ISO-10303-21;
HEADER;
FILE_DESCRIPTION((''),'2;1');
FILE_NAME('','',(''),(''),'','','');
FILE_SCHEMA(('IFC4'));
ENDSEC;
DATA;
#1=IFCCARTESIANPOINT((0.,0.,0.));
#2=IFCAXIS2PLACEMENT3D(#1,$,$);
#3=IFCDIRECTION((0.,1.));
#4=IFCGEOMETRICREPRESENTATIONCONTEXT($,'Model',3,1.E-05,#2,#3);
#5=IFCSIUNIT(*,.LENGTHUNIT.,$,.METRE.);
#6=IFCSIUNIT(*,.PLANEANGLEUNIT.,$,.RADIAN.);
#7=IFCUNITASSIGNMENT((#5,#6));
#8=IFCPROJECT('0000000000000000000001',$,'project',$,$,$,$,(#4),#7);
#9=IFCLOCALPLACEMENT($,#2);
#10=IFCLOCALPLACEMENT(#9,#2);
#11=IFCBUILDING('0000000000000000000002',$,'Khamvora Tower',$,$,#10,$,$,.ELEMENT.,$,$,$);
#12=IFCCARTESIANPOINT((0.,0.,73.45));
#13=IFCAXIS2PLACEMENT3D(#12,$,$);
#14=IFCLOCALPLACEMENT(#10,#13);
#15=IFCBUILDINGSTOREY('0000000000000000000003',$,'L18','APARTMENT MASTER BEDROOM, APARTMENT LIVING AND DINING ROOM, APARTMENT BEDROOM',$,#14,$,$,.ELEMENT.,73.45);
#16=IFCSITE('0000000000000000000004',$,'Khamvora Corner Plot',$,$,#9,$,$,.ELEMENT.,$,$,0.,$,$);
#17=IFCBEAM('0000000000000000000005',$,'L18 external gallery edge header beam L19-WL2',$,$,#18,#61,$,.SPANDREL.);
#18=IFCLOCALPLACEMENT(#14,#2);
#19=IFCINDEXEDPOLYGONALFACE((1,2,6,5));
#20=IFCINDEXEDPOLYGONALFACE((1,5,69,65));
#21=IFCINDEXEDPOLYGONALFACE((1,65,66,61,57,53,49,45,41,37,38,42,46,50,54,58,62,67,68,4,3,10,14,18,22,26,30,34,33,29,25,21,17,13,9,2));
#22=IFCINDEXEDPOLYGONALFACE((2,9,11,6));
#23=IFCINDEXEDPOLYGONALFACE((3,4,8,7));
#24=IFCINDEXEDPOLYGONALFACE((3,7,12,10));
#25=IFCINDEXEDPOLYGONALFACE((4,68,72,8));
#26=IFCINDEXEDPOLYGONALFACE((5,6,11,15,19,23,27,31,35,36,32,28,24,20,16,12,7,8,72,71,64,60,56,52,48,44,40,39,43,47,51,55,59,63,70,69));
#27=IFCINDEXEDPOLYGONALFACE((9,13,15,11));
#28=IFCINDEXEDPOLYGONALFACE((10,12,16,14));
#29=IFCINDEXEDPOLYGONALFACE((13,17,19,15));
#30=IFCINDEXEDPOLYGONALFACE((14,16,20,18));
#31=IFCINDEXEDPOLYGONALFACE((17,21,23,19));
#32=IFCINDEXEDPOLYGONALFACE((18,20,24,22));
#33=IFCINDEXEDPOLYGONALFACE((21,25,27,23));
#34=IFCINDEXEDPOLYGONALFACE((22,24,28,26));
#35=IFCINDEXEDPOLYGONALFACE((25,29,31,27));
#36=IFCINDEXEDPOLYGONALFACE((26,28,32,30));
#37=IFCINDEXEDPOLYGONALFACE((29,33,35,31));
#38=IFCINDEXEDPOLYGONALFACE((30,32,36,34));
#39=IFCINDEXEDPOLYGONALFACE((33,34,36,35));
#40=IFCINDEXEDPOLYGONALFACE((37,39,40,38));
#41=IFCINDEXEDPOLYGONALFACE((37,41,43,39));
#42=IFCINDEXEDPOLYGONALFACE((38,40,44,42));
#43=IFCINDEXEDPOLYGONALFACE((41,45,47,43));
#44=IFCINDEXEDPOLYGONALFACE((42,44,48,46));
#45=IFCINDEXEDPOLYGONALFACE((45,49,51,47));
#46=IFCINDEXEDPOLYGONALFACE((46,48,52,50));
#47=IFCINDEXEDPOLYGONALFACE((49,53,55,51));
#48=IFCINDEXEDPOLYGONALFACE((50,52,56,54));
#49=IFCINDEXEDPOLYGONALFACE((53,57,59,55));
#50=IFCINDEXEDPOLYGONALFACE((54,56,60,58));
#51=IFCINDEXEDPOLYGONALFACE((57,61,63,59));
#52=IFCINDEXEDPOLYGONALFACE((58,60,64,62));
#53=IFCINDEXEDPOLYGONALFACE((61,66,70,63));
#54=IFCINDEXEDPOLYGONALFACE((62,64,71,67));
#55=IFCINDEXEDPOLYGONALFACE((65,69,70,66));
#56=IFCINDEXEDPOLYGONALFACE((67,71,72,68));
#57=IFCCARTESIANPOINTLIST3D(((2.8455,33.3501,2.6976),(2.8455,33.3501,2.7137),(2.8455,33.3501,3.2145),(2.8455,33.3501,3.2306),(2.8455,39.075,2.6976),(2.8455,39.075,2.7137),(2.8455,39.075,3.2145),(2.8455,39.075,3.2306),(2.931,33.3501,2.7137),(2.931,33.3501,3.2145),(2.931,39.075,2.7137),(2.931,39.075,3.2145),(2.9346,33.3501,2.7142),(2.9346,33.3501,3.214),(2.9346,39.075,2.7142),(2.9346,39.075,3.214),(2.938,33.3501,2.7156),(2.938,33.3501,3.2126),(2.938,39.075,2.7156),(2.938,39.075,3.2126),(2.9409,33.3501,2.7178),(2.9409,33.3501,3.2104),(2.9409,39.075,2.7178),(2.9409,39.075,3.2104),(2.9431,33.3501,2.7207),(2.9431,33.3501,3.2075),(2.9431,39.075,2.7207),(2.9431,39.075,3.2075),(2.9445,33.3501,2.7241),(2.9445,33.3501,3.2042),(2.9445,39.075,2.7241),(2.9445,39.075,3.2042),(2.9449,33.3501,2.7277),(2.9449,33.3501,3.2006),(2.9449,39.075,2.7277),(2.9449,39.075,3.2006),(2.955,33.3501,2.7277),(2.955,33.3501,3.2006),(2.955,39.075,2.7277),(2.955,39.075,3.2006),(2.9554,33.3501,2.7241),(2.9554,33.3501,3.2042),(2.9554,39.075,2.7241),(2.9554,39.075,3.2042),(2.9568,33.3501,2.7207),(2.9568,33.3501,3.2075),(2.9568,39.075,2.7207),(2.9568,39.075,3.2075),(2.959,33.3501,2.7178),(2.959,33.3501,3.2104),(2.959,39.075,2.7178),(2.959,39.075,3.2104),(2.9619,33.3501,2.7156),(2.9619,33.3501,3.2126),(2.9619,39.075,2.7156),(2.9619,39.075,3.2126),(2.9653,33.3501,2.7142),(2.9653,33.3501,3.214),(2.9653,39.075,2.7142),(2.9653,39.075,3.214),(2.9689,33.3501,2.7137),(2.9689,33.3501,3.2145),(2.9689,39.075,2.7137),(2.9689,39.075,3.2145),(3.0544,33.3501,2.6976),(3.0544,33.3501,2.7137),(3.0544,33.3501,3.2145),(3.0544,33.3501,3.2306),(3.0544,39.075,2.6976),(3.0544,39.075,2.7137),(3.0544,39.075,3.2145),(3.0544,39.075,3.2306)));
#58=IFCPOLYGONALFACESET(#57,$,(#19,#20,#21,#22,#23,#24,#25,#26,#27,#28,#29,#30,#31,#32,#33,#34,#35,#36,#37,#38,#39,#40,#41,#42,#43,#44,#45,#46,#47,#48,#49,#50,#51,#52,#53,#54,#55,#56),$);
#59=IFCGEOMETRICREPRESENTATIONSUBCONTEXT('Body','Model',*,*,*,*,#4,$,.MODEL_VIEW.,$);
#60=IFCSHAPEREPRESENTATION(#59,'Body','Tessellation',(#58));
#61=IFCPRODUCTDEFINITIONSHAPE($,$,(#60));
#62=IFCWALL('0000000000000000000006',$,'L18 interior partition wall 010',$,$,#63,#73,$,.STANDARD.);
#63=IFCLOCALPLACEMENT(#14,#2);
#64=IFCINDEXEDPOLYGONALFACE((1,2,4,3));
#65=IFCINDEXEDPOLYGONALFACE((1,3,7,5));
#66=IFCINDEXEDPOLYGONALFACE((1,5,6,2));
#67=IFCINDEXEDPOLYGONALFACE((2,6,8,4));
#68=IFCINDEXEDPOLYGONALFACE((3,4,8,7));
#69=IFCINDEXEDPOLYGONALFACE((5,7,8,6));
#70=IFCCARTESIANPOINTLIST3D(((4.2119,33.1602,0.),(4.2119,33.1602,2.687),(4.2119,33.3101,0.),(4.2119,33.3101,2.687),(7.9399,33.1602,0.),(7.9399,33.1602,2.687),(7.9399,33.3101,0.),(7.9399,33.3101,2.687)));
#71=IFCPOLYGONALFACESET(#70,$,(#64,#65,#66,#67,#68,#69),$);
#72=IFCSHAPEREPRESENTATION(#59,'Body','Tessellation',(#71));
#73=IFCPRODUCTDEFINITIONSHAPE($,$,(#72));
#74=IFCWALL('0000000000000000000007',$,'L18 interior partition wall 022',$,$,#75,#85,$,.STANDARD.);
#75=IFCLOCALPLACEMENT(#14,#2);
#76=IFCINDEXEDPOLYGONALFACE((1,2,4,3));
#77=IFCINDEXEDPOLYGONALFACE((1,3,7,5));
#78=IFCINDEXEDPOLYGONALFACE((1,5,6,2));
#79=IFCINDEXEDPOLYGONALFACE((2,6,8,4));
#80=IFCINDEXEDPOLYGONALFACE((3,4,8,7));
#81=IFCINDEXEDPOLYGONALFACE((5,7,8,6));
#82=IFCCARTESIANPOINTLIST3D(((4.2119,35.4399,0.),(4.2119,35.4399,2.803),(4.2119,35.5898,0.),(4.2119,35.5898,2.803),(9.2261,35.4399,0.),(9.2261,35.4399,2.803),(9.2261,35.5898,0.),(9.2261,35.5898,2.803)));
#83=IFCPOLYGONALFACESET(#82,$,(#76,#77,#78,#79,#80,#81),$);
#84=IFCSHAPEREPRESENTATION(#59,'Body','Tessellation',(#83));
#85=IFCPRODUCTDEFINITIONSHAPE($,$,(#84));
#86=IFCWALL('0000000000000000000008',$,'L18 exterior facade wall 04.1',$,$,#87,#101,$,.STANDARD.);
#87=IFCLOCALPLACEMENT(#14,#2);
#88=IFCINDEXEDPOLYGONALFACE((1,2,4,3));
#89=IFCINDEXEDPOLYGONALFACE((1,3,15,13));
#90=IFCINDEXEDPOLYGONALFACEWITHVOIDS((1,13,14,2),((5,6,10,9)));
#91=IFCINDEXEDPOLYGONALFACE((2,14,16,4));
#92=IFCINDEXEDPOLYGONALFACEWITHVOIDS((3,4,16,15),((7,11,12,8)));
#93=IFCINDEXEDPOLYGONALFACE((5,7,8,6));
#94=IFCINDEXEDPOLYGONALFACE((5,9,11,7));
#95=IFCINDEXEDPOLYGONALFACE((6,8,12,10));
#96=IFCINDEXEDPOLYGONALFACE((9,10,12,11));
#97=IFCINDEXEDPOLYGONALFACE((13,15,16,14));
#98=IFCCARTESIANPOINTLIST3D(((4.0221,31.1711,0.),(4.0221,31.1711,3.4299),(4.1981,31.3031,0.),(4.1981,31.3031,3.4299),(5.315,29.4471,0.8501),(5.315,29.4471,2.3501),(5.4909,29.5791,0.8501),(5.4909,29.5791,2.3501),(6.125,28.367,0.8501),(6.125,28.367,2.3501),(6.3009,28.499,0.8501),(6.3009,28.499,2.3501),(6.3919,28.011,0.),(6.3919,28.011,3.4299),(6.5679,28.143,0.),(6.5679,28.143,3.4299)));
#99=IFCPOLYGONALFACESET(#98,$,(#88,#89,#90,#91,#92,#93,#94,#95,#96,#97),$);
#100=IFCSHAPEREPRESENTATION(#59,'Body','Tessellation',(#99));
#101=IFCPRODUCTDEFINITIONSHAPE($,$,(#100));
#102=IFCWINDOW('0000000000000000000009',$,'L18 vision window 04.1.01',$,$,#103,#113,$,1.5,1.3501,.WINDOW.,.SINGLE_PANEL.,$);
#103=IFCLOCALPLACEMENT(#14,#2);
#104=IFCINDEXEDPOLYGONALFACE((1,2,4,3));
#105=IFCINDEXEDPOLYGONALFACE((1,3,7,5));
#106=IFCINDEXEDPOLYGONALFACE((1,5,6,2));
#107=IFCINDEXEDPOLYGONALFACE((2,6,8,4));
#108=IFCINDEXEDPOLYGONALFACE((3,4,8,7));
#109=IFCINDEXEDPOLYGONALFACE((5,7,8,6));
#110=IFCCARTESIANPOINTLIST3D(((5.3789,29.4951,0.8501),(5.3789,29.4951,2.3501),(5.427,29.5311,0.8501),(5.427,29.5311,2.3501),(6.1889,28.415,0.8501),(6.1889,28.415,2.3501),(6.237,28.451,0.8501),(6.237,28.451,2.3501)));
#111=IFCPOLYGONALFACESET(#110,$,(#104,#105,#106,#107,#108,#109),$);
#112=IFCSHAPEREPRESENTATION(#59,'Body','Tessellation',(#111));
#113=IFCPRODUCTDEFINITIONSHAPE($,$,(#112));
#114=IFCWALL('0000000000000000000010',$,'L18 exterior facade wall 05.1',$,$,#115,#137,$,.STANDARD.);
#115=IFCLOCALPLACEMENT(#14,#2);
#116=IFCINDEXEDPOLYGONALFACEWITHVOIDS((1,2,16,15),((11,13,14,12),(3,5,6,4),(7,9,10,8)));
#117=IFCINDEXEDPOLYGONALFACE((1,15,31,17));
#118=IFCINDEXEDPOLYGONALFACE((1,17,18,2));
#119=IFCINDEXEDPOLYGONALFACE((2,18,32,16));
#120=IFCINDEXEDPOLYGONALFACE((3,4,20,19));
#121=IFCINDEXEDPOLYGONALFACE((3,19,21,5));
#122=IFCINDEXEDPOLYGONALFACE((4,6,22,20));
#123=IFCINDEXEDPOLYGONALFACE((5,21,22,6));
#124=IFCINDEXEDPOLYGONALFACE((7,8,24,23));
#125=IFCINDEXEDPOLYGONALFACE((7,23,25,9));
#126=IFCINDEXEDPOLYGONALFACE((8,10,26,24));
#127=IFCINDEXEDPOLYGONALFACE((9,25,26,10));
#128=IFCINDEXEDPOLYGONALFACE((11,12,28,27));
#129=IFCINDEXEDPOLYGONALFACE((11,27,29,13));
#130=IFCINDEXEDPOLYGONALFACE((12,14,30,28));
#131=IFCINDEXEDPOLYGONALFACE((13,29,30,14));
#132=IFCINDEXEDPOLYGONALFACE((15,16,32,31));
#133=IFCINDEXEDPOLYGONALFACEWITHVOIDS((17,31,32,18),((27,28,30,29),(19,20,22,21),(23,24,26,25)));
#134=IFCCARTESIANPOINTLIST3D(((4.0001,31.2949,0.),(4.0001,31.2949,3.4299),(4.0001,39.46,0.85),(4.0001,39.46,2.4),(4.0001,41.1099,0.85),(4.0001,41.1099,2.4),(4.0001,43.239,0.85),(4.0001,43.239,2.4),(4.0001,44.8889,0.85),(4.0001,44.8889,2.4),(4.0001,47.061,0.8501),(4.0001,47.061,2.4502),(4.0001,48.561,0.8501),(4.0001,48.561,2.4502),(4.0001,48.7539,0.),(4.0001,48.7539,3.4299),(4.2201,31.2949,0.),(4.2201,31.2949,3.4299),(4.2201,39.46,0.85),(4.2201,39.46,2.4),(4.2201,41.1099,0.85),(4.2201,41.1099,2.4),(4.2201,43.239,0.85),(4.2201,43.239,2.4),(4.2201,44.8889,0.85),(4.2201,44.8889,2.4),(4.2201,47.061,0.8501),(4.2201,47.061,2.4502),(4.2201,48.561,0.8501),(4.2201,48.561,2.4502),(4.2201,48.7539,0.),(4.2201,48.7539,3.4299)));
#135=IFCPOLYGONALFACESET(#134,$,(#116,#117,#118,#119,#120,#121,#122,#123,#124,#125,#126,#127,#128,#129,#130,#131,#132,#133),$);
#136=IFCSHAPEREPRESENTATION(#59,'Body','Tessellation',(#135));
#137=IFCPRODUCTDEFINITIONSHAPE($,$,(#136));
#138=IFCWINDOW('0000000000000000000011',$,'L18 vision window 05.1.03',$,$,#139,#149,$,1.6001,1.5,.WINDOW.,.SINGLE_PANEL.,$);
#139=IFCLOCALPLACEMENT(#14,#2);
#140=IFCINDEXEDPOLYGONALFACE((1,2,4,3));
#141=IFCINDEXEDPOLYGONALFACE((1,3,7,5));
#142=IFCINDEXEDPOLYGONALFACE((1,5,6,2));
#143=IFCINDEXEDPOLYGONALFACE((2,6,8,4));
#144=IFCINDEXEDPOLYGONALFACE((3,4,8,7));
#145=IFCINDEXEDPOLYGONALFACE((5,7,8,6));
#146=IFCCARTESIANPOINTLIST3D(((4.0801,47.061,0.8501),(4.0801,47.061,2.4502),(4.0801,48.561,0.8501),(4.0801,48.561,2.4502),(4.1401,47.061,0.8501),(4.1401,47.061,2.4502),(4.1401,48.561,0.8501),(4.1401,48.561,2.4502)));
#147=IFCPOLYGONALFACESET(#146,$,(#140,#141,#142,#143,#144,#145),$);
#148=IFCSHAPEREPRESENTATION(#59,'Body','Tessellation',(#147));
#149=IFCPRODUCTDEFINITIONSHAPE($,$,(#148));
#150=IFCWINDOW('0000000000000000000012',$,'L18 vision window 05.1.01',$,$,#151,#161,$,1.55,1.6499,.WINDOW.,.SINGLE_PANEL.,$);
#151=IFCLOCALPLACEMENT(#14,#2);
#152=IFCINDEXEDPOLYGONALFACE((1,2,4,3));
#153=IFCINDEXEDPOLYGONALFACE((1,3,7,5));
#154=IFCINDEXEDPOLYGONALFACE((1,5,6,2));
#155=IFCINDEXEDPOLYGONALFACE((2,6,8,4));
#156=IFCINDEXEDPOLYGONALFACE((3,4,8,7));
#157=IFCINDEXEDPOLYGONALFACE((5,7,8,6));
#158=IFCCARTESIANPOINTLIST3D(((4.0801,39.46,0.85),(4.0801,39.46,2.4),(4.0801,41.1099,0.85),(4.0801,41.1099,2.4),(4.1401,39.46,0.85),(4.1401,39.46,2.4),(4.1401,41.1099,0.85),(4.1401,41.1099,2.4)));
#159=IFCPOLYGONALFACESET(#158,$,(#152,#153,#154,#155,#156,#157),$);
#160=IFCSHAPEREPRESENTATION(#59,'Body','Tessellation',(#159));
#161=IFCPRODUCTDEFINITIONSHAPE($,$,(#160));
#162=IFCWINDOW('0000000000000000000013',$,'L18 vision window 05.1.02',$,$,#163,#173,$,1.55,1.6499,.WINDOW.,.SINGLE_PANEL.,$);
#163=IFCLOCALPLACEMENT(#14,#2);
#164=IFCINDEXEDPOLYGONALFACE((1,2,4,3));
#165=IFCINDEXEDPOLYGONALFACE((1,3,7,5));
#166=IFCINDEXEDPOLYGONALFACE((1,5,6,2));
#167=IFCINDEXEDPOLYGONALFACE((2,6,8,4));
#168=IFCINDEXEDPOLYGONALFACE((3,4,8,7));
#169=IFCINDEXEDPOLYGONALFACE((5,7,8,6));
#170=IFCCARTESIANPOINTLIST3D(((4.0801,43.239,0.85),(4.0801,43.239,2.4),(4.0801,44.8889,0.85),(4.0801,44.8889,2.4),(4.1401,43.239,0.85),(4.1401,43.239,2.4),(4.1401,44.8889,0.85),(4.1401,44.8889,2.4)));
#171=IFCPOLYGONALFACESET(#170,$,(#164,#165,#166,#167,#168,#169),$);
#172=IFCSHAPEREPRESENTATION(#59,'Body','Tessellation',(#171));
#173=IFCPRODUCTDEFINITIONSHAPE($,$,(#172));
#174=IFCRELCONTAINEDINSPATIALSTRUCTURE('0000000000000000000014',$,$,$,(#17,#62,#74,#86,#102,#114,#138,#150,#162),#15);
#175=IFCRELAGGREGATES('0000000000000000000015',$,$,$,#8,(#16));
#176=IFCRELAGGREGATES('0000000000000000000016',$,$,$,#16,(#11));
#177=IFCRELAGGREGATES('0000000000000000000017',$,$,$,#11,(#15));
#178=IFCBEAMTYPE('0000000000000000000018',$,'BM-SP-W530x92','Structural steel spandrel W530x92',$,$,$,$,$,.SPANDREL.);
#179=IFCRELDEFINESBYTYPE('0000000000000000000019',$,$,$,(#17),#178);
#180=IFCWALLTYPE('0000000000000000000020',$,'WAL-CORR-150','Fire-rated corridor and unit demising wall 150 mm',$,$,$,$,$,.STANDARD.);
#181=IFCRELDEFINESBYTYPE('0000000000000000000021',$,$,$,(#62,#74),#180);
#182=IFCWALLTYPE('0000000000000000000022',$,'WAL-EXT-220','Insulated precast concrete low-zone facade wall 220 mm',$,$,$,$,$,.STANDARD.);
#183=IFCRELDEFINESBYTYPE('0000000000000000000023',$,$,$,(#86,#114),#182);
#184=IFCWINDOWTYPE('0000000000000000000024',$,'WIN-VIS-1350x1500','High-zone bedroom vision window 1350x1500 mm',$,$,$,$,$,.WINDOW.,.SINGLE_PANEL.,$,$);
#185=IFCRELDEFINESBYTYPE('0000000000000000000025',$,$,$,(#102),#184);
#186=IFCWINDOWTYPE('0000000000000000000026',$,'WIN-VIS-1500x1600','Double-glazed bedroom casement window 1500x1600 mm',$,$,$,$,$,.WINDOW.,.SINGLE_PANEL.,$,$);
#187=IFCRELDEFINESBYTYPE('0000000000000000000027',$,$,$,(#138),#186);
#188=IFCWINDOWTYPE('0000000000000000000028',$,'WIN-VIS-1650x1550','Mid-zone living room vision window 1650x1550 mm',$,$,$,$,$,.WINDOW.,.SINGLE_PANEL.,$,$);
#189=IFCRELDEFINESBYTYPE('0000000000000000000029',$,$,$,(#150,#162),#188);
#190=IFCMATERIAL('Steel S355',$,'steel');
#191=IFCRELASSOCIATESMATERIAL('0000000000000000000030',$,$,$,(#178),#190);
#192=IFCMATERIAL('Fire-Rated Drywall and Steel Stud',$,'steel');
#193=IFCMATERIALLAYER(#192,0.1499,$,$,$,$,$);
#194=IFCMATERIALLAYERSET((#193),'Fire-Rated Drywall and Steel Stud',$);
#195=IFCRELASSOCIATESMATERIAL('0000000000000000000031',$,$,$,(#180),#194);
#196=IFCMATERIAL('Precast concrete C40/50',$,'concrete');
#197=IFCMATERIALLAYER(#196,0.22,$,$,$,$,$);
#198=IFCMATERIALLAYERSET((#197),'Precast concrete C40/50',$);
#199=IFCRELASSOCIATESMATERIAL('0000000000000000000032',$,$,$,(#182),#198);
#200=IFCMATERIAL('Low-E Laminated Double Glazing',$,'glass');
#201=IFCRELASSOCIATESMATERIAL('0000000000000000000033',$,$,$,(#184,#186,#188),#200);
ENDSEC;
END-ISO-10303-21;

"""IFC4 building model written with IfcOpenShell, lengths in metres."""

from ifc_helpers import new_model, si_unit, direction, frame, frame_2d, origin, origin_2d, place, context, subcontext, project, spatial, rectangle, i_section, extrude, material, layer, layer_set, material_profile, profile_set, type_object, element, fill, save


model = new_model("IFC4")

# Units and contexts
model_context = context("Model", 3, precision=1e-05, world=origin(), true_north=direction((0.0, 1.0)))
body_context = subcontext(model_context, "Body", "Model", "MODEL_VIEW")
ifc_project = project(units=[si_unit("LENGTHUNIT", "METRE"), si_unit("PLANEANGLEUNIT", "RADIAN")], contexts=[model_context])

# Site, building, storey
site_placement = place(None, origin())
site = spatial("IfcSite", under=ifc_project, at=site_placement, Name="Khamvora Corner Plot", CompositionType="ELEMENT", RefElevation=0.0)
building_placement = place(site_placement, origin())
building = spatial("IfcBuilding", under=site, at=building_placement, Name="Khamvora Tower", CompositionType="ELEMENT")
storey_placement = place(building_placement, frame((0.0, 0.0, 73.45)))
storey = spatial("IfcBuildingStorey", under=building, at=storey_placement, Name="L18", Description="APARTMENT MASTER BEDROOM, APARTMENT LIVING AND DINING ROOM, APARTMENT BEDROOM", CompositionType="ELEMENT", Elevation=73.45)

# Beam
ifc_material_1 = material(Name="Steel S355", Category="steel")
ifc_material_profile = material_profile(ifc_material_1, i_section(OverallWidth=0.209, OverallDepth=0.533, WebThickness=0.01, FlangeThickness=0.0161, FilletRadius=0.0139, at=origin_2d()), Name="W530x92")
ifc_profile_set = profile_set([ifc_material_profile], Name="Steel S355")
beam_type = type_object("IfcBeamType", Name="BM-SP-W530x92", Description="Structural steel spandrel W530x92", PredefinedType="SPANDREL", material=ifc_profile_set)
beam_placement = place(storey_placement, frame((2.95, 33.3501, 2.9641), z_axis=(0.0, 1.0, 0.0), x_axis=(-1.0, 0.0, 0.0)))
element("IfcBeam", 1, at=beam_placement, inside=storey, type_object=beam_type, Name="L18 external gallery edge header beam L19-WL2", PredefinedType="SPANDREL", context=body_context, shape_type="SweptSolid", body=[
    extrude(i_section(OverallWidth=0.209, OverallDepth=0.533, WebThickness=0.01, FlangeThickness=0.0161, FilletRadius=0.0139, at=origin_2d()), origin(), (0.0, 0.0, 1.0), 5.7249),
])

# Wall
ifc_material_2 = material(Name="Fire-Rated Drywall and Steel Stud", Category="steel")
ifc_layer_1 = layer(ifc_material_2, 0.1499)
ifc_layer_set_1 = layer_set([ifc_layer_1], Name="Fire-Rated Drywall and Steel Stud")
wall_type_1 = type_object("IfcWallType", Name="WAL-CORR-150", Description="Fire-rated corridor and unit demising wall 150 mm", PredefinedType="STANDARD", material=ifc_layer_set_1)
wall_1_placement = place(storey_placement, frame((7.9399, 33.2351, 0.0), z_axis=(0.0, 0.0, 1.0), x_axis=(-1.0, 0.0, 0.0)))
element("IfcWall", 2, at=wall_1_placement, inside=storey, type_object=wall_type_1, Name="L18 interior partition wall 010", PredefinedType="STANDARD", context=body_context, shape_type="SweptSolid", body=[
    extrude(rectangle(XDim=3.728, YDim=0.1499, at=frame_2d((1.864, 0.0))), origin(), (0.0, 0.0, 1.0), 2.687),
])

# Wall
wall_2_placement = place(storey_placement, frame((4.2119, 35.5149, 0.0), z_axis=(0.0, 0.0, 1.0), x_axis=(1.0, 0.0, 0.0)))
element("IfcWall", 3, at=wall_2_placement, inside=storey, type_object=wall_type_1, Name="L18 interior partition wall 022", PredefinedType="STANDARD", context=body_context, shape_type="SweptSolid", body=[
    extrude(rectangle(XDim=5.0142, YDim=0.1499, at=frame_2d((2.5071, 0.0))), origin(), (0.0, 0.0, 1.0), 2.803),
])

# Wall, opening, window
ifc_material_3 = material(Name="Precast concrete C40/50", Category="concrete")
ifc_layer_2 = layer(ifc_material_3, 0.22)
ifc_layer_set_2 = layer_set([ifc_layer_2], Name="Precast concrete C40/50")
wall_type_2 = type_object("IfcWallType", Name="WAL-EXT-220", Description="Insulated precast concrete low-zone facade wall 220 mm", PredefinedType="STANDARD", material=ifc_layer_set_2)
wall_3_placement = place(storey_placement, frame((6.48, 28.0769, 0.0), z_axis=(0.0, 0.0, 1.0), x_axis=(-0.59996, 0.80003, 0.0)))
wall_3 = element("IfcWall", 4, at=wall_3_placement, inside=storey, type_object=wall_type_2, Name="L18 exterior facade wall 04.1", PredefinedType="STANDARD", context=body_context, shape_type="SweptSolid", body=[
    extrude(rectangle(XDim=3.95, YDim=0.22, at=frame_2d((1.9751, 0.0))), origin(), (0.0, 0.0, 1.0), 3.4299),
])
opening_1_placement = place(wall_3_placement, frame((0.4451, 0.0, 0.8501)))
opening_1 = element("IfcOpeningElement", 5, at=opening_1_placement, cuts=wall_3, PredefinedType="OPENING", context=body_context, shape_type="SweptSolid", body=[
    extrude(rectangle(XDim=1.3501, YDim=1.5, at=frame_2d((0.675, 0.75))), frame((0.0, 0.1199, 0.0), z_axis=(0.0, -1.0, 0.0), x_axis=(1.0, 0.0, 0.0)), (0.0, 0.0, 1.0), 0.24),
])
ifc_material_4 = material(Name="Low-E Laminated Double Glazing", Category="glass")
window_type_1 = type_object("IfcWindowType", Name="WIN-VIS-1350x1500", Description="High-zone bedroom vision window 1350x1500 mm", PartitioningType="SINGLE_PANEL", PredefinedType="WINDOW", material=ifc_material_4)
window_1_placement = place(opening_1_placement, origin())
window_1 = element("IfcWindow", 6, at=window_1_placement, inside=storey, type_object=window_type_1, Name="L18 vision window 04.1.01", OverallHeight=1.5, OverallWidth=1.3501, PartitioningType="SINGLE_PANEL", PredefinedType="WINDOW", context=body_context, shape_type="SweptSolid", body=[
    extrude(rectangle(XDim=1.3501, YDim=1.5, at=frame_2d((0.675, 0.75))), frame((0.0, 0.03, 0.0), z_axis=(0.0, -1.0, 0.0), x_axis=(1.0, 0.0, 0.0)), (0.0, 0.0, 1.0), 0.0601),
])
fill(opening_1, window_1)

# Wall, openings, windows
wall_4_placement = place(storey_placement, frame((4.1101, 31.2949, 0.0), z_axis=(0.0, 0.0, 1.0), x_axis=(0.0, 1.0, 0.0)))
wall_4 = element("IfcWall", 7, at=wall_4_placement, inside=storey, type_object=wall_type_2, Name="L18 exterior facade wall 05.1", PredefinedType="STANDARD", context=body_context, shape_type="SweptSolid", body=[
    extrude(rectangle(XDim=17.459, YDim=0.22, at=frame_2d((8.7295, 0.0))), origin(), (0.0, 0.0, 1.0), 3.4299),
])
opening_2_placement = place(wall_4_placement, frame((8.165, 0.0, 0.8501)))
opening_2 = element("IfcOpeningElement", 8, at=opening_2_placement, cuts=wall_4, PredefinedType="OPENING", context=body_context, shape_type="SweptSolid", body=[
    extrude(rectangle(XDim=1.6499, YDim=1.55, at=frame_2d((0.825, 0.7749))), frame((0.0, 0.1199, 0.0), z_axis=(0.0, -1.0, 0.0), x_axis=(1.0, 0.0, 0.0)), (0.0, 0.0, 1.0), 0.24),
])
opening_3_placement = place(wall_4_placement, frame((11.9441, 0.0, 0.8501)))
opening_3 = element("IfcOpeningElement", 9, at=opening_3_placement, cuts=wall_4, PredefinedType="OPENING", context=body_context, shape_type="SweptSolid", body=[
    extrude(rectangle(XDim=1.6499, YDim=1.55, at=frame_2d((0.825, 0.7749))), frame((0.0, 0.1199, 0.0), z_axis=(0.0, -1.0, 0.0), x_axis=(1.0, 0.0, 0.0)), (0.0, 0.0, 1.0), 0.24),
])
opening_4_placement = place(wall_4_placement, frame((15.7661, 0.0, 0.8501)))
opening_4 = element("IfcOpeningElement", 10, at=opening_4_placement, cuts=wall_4, PredefinedType="OPENING", context=body_context, shape_type="SweptSolid", body=[
    extrude(rectangle(XDim=1.5, YDim=1.6001, at=frame_2d((0.75, 0.8))), frame((0.0, 0.1199, 0.0), z_axis=(0.0, -1.0, 0.0), x_axis=(1.0, 0.0, 0.0)), (0.0, 0.0, 1.0), 0.24),
])
window_type_2 = type_object("IfcWindowType", Name="WIN-VIS-1500x1600", Description="Double-glazed bedroom casement window 1500x1600 mm", PartitioningType="SINGLE_PANEL", PredefinedType="WINDOW", material=ifc_material_4)
window_2_placement = place(opening_4_placement, origin())
window_2 = element("IfcWindow", 11, at=window_2_placement, inside=storey, type_object=window_type_2, Name="L18 vision window 05.1.03", OverallHeight=1.6001, OverallWidth=1.5, PartitioningType="SINGLE_PANEL", PredefinedType="WINDOW", context=body_context, shape_type="SweptSolid", body=[
    extrude(rectangle(XDim=1.5, YDim=1.6001, at=frame_2d((0.75, 0.8))), frame((0.0, 0.03, 0.0), z_axis=(0.0, -1.0, 0.0), x_axis=(1.0, 0.0, 0.0)), (0.0, 0.0, 1.0), 0.0601),
])
fill(opening_4, window_2)
window_type_3 = type_object("IfcWindowType", Name="WIN-VIS-1650x1550", Description="Mid-zone living room vision window 1650x1550 mm", PartitioningType="SINGLE_PANEL", PredefinedType="WINDOW", material=ifc_material_4)
window_3_placement = place(opening_2_placement, origin())
window_3 = element("IfcWindow", 12, at=window_3_placement, inside=storey, type_object=window_type_3, Name="L18 vision window 05.1.01", OverallHeight=1.55, OverallWidth=1.6499, PartitioningType="SINGLE_PANEL", PredefinedType="WINDOW", context=body_context, shape_type="SweptSolid", body=[
    extrude(rectangle(XDim=1.6499, YDim=1.55, at=frame_2d((0.825, 0.7749))), frame((0.0, 0.03, 0.0), z_axis=(0.0, -1.0, 0.0), x_axis=(1.0, 0.0, 0.0)), (0.0, 0.0, 1.0), 0.0601),
])
fill(opening_2, window_3)
window_4_placement = place(opening_3_placement, origin())
window_4 = element("IfcWindow", 13, at=window_4_placement, inside=storey, type_object=window_type_3, Name="L18 vision window 05.1.02", OverallHeight=1.55, OverallWidth=1.6499, PartitioningType="SINGLE_PANEL", PredefinedType="WINDOW", context=body_context, shape_type="SweptSolid", body=[
    extrude(rectangle(XDim=1.6499, YDim=1.55, at=frame_2d((0.825, 0.7749))), frame((0.0, 0.03, 0.0), z_axis=(0.0, -1.0, 0.0), x_axis=(1.0, 0.0, 0.0)), (0.0, 0.0, 1.0), 0.0601),
])
fill(opening_3, window_4)

save(model, "model.ifc")
